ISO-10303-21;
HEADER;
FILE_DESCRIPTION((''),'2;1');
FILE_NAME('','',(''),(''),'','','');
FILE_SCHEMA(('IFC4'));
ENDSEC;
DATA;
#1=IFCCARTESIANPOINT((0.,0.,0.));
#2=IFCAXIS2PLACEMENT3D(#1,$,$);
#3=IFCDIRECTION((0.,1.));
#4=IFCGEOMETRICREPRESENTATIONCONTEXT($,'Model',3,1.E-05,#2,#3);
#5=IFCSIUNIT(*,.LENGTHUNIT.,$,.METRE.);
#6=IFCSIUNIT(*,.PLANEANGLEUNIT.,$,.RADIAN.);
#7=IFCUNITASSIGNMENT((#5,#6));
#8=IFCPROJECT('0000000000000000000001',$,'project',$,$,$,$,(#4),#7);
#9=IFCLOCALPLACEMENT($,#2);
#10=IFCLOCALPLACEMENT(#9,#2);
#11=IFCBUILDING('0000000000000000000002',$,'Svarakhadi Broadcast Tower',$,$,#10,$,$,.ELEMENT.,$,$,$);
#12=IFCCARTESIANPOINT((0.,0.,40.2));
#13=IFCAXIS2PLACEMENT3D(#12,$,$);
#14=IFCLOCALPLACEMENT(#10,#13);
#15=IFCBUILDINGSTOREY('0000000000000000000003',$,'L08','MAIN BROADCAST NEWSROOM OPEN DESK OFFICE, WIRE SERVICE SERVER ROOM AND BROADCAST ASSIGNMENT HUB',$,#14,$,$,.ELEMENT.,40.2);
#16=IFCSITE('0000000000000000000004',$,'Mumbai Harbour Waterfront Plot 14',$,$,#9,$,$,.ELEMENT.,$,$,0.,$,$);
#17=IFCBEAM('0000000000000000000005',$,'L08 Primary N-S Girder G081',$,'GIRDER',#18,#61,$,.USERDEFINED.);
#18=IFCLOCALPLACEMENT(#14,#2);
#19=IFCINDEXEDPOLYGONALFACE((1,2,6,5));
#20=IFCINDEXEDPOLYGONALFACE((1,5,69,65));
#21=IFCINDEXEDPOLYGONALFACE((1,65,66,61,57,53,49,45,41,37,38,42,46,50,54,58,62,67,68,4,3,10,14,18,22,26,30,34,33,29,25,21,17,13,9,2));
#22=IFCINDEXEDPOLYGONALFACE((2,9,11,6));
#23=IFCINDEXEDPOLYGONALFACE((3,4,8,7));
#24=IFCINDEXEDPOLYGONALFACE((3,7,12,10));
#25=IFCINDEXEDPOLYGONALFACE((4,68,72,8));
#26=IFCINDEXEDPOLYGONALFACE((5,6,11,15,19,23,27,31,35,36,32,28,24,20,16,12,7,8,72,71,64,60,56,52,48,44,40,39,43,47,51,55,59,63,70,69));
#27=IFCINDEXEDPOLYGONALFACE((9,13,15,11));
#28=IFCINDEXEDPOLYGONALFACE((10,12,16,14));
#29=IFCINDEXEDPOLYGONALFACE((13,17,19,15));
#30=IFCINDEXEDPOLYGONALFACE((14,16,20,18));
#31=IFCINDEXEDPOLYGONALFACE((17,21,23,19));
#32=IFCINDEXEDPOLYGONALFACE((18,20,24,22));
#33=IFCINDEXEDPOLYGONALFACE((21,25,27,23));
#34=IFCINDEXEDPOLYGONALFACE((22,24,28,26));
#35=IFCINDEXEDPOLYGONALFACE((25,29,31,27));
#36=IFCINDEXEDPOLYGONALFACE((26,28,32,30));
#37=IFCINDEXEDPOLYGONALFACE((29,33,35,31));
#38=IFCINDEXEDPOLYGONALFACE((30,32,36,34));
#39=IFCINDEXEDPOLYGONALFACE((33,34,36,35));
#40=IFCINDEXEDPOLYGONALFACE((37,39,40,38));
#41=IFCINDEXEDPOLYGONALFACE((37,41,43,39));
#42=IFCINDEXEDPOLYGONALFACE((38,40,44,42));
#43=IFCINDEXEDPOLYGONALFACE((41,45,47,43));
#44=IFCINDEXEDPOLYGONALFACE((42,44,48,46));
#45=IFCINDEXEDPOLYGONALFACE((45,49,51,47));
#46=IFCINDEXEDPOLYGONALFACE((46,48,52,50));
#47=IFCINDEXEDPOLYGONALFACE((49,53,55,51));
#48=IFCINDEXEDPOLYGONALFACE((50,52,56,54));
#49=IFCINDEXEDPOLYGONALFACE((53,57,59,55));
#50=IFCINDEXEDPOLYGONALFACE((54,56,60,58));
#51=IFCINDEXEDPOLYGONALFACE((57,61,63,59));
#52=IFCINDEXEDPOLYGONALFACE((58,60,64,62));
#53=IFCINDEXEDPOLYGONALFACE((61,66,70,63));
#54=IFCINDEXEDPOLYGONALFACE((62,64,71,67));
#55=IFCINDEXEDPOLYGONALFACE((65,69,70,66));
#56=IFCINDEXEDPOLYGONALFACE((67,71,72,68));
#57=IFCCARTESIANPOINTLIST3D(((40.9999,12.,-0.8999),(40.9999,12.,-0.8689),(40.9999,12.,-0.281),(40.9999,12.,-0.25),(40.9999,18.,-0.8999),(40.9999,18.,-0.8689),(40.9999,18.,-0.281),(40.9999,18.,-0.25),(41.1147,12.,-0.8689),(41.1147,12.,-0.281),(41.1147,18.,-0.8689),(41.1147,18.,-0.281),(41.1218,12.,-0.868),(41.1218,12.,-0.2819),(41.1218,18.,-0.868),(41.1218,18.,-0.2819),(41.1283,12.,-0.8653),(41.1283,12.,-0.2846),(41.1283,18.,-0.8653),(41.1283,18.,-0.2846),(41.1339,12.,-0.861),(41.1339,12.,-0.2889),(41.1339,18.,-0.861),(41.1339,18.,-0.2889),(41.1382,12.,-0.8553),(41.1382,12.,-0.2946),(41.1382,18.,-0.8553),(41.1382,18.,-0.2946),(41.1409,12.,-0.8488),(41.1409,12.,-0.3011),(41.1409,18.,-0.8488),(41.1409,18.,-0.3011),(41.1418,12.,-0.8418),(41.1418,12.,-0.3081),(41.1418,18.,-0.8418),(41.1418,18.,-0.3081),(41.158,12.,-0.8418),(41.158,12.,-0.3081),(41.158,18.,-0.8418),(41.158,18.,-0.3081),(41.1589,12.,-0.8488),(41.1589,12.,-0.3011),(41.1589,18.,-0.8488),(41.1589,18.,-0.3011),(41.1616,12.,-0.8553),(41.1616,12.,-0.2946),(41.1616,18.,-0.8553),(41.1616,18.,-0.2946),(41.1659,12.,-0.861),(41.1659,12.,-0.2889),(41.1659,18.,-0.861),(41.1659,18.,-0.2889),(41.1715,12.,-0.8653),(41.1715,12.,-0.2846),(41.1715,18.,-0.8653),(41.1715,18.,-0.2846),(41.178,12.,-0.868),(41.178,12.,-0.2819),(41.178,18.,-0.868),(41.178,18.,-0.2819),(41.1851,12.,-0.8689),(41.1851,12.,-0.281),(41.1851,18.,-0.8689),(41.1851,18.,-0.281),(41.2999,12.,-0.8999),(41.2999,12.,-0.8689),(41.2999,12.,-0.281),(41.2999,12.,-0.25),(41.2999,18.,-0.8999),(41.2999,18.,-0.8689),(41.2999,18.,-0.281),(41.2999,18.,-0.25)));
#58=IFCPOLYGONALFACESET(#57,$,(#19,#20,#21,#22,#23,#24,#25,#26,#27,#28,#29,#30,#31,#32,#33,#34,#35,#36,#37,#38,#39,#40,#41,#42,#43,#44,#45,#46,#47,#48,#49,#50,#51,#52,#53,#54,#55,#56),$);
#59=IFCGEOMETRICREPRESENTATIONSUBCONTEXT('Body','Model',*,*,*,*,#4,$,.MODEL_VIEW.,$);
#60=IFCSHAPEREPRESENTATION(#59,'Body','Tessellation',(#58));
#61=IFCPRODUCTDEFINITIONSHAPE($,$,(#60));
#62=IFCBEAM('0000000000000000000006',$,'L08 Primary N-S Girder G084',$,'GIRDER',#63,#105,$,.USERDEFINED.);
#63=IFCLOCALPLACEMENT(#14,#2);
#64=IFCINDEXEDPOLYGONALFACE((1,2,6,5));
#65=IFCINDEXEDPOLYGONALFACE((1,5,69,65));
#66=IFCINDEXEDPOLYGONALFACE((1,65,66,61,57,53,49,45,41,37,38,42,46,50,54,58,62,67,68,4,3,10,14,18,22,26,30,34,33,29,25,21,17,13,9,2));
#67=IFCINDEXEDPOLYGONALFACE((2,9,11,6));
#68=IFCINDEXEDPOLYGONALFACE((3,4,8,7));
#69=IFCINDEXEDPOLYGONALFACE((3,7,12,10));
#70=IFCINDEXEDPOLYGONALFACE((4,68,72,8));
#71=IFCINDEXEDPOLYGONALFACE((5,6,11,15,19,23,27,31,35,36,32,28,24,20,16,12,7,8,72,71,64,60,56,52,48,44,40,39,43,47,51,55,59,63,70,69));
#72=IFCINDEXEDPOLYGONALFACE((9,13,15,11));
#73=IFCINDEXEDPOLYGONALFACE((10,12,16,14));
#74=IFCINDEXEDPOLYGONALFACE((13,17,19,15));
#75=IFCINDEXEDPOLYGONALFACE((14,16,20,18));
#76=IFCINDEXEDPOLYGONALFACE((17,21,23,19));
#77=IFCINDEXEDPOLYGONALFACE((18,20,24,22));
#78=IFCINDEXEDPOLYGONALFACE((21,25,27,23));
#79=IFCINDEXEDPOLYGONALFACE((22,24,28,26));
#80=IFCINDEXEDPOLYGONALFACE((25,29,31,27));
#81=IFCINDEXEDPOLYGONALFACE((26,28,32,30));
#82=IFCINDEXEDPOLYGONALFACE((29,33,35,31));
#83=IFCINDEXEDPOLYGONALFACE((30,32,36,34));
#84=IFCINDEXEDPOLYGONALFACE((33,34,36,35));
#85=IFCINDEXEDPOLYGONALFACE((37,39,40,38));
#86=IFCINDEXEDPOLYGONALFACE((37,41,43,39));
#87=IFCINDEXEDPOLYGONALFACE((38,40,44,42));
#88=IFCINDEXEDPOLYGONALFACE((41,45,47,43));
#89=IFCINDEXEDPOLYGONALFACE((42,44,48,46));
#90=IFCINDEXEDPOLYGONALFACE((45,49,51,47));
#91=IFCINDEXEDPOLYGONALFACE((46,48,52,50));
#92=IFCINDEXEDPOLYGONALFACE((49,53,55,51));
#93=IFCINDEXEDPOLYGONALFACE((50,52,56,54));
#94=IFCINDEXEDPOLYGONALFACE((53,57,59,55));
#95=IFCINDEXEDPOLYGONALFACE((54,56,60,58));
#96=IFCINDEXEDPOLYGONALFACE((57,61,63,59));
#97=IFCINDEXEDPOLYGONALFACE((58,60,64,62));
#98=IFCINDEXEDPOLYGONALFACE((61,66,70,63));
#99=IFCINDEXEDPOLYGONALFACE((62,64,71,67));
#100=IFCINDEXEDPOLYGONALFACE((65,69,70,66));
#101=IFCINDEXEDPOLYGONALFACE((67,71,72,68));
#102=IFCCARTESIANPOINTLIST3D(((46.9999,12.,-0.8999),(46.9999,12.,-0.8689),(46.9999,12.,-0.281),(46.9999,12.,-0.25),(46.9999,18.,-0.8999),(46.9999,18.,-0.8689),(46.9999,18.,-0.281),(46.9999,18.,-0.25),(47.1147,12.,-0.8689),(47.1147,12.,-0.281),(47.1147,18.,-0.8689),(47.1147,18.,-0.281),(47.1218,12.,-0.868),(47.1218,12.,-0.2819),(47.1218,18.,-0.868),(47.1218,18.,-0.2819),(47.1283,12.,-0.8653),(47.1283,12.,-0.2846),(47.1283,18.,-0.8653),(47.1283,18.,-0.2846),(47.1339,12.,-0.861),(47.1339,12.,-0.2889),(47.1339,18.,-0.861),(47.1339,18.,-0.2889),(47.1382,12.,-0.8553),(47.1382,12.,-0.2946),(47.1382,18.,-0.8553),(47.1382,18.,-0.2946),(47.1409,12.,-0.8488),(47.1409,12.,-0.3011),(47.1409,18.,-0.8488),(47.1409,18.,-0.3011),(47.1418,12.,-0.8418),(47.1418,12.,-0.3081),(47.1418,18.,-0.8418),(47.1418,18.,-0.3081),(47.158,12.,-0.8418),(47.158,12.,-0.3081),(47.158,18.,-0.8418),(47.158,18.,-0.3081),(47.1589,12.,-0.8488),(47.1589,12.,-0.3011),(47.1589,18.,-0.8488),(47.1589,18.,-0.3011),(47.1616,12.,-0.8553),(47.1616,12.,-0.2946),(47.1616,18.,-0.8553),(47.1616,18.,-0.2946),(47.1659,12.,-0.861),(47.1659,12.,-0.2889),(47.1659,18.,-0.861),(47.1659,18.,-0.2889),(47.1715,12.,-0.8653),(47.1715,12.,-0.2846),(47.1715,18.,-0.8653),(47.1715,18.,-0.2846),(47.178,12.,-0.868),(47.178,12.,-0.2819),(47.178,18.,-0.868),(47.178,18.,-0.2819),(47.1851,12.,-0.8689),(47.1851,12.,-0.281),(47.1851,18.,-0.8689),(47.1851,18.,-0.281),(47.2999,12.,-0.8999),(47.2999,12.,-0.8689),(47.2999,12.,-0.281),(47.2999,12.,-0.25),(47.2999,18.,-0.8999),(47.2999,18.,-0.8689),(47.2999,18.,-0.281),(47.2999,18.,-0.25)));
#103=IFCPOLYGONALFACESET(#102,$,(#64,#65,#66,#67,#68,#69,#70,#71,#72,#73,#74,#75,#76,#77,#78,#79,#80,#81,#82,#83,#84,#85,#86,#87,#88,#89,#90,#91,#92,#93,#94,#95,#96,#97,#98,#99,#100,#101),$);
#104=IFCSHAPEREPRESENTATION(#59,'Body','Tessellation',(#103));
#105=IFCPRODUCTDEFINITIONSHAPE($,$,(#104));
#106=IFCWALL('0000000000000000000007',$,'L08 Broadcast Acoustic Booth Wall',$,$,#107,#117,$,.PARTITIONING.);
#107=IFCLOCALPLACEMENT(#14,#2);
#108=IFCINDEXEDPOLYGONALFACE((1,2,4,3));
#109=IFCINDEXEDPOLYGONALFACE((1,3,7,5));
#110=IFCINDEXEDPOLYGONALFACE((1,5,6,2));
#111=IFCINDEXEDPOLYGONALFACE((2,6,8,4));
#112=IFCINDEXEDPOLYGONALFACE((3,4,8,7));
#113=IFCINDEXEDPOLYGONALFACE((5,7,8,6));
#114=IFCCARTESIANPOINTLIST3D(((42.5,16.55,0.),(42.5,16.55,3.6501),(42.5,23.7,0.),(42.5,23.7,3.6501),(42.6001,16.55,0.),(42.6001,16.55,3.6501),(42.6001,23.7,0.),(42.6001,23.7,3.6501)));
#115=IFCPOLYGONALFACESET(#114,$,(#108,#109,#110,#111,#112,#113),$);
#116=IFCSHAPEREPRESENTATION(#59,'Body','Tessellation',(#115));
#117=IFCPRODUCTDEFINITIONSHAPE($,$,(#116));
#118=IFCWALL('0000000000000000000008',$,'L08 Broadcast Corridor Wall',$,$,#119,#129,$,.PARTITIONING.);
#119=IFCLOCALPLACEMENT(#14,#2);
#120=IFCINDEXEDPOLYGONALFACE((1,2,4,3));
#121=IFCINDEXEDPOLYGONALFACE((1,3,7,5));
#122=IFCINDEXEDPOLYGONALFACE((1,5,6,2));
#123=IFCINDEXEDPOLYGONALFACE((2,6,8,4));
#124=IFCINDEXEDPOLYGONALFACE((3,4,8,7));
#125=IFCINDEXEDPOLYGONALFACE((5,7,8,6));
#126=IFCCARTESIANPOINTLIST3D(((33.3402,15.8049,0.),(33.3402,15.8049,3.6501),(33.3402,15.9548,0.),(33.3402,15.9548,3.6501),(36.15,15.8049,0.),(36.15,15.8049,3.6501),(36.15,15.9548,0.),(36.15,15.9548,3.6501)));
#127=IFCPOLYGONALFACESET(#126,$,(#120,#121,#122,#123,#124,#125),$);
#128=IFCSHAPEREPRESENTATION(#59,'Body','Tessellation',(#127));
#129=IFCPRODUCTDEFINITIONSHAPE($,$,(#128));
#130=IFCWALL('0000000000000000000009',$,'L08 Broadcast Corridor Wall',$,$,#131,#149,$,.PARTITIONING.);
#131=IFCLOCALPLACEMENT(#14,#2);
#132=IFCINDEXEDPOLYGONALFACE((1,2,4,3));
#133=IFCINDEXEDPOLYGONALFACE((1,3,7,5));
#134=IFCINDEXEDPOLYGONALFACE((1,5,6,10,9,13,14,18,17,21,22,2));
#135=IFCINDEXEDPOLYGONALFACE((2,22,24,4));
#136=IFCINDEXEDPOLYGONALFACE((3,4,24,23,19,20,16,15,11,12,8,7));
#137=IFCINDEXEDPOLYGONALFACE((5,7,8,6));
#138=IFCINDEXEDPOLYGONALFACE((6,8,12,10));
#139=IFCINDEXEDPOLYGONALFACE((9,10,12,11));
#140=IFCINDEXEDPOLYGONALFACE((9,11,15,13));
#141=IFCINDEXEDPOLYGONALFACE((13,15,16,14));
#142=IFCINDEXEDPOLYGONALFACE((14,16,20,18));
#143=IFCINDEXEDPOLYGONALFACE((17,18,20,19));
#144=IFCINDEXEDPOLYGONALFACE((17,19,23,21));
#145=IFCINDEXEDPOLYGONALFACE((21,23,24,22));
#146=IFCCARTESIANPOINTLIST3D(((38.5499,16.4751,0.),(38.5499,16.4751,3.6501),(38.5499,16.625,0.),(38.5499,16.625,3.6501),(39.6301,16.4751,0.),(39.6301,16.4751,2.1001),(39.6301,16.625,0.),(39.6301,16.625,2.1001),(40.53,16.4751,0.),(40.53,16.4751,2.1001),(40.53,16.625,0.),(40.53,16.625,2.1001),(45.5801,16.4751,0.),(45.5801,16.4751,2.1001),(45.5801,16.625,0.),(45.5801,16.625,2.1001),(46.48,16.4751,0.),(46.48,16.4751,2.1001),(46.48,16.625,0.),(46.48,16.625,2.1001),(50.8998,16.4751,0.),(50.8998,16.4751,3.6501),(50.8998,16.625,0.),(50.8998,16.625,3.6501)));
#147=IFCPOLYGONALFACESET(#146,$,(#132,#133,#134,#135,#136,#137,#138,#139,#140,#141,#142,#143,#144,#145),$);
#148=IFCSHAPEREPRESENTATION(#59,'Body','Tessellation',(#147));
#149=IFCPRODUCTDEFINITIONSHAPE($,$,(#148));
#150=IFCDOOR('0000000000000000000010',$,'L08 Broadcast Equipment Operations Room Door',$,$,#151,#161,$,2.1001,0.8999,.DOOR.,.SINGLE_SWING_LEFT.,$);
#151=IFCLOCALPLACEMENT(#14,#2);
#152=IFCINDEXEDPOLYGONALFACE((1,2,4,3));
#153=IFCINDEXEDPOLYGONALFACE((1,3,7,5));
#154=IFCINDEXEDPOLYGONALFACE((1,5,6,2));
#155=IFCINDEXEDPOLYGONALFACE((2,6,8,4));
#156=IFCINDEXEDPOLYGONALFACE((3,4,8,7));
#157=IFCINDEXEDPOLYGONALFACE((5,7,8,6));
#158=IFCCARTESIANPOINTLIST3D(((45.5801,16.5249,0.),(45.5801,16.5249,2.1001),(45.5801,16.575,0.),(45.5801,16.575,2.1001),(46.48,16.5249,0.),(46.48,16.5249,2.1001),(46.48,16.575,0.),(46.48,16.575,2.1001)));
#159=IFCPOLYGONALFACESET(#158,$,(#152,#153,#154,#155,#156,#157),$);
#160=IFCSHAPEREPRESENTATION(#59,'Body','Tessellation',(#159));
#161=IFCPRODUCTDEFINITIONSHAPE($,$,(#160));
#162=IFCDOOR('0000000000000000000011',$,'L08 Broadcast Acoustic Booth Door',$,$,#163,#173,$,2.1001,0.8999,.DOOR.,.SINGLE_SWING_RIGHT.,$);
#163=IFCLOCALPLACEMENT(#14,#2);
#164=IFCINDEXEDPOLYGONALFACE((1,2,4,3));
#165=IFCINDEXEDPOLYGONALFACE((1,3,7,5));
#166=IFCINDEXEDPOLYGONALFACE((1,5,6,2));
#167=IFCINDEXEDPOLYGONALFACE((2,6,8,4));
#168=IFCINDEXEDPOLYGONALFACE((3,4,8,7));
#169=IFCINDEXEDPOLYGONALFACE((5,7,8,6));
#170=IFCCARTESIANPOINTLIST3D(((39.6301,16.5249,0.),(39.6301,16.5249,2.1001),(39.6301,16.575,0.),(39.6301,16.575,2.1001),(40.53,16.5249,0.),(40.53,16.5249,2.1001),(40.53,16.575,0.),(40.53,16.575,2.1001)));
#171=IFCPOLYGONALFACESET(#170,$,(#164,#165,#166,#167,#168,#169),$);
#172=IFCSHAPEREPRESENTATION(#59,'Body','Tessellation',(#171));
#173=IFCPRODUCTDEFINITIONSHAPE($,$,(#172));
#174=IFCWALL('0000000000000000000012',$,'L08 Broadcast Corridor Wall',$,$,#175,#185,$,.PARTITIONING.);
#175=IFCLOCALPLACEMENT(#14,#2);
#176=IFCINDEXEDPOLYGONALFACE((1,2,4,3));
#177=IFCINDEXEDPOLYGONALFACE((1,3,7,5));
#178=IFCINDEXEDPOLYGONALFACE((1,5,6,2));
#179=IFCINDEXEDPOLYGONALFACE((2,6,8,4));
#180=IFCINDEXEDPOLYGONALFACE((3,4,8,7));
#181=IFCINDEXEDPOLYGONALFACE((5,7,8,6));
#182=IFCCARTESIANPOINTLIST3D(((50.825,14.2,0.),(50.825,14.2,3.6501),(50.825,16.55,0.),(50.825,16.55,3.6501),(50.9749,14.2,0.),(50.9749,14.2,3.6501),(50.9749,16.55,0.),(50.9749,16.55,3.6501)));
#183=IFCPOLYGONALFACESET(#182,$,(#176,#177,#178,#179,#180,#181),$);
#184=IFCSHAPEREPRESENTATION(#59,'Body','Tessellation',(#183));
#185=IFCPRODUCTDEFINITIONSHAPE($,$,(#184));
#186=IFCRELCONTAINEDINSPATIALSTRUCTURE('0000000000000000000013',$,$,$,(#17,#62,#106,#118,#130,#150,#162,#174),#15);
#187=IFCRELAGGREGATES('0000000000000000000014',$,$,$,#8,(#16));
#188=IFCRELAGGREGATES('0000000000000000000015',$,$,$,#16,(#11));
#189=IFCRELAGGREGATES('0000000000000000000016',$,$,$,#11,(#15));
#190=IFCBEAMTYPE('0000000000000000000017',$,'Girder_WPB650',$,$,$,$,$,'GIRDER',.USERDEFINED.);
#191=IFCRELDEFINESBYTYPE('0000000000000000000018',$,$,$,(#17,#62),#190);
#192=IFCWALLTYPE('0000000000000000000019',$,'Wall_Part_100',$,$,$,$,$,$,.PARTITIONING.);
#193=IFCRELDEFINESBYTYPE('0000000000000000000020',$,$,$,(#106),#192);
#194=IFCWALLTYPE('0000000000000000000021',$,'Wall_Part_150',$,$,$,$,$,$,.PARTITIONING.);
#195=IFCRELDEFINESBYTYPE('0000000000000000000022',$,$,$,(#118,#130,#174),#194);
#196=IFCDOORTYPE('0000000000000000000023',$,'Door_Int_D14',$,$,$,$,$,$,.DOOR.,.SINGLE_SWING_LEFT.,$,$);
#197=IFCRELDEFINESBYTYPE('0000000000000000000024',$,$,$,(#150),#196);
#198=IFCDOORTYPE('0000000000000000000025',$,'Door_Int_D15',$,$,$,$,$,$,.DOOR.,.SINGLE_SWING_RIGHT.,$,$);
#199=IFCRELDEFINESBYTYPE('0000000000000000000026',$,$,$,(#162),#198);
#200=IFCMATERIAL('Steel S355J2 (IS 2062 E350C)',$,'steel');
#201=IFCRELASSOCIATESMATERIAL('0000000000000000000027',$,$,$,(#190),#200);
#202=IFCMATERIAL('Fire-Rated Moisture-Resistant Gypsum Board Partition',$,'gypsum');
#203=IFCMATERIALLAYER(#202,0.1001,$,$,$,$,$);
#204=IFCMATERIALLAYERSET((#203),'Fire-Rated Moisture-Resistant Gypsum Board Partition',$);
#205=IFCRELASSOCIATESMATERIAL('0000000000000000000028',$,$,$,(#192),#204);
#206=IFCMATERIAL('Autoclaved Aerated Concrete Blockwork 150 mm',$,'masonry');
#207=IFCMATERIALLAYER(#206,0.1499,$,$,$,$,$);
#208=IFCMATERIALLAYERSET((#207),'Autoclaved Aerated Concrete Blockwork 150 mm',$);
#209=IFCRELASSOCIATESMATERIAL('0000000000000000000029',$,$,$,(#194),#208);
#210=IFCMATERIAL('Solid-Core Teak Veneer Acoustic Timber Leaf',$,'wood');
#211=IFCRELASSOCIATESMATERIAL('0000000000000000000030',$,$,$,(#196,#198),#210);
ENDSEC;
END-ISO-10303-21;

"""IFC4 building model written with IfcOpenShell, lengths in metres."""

from ifc_helpers import new_model, si_unit, direction, frame, frame_2d, origin, origin_2d, place, context, subcontext, project, spatial, rectangle, i_section, extrude, material, layer, layer_set, material_profile, profile_set, type_object, element, fill, save


model = new_model("IFC4")

# Units and contexts
model_context = context("Model", 3, precision=1e-05, world=origin(), true_north=direction((0.0, 1.0)))
body_context = subcontext(model_context, "Body", "Model", "MODEL_VIEW")
ifc_project = project(units=[si_unit("LENGTHUNIT", "METRE"), si_unit("PLANEANGLEUNIT", "RADIAN")], contexts=[model_context])

# Site, building, storey
site_placement = place(None, origin())
site = spatial("IfcSite", under=ifc_project, at=site_placement, Name="Mumbai Harbour Waterfront Plot 14", CompositionType="ELEMENT", RefElevation=0.0)
building_placement = place(site_placement, origin())
building = spatial("IfcBuilding", under=site, at=building_placement, Name="Svarakhadi Broadcast Tower", CompositionType="ELEMENT")
storey_placement = place(building_placement, frame((0.0, 0.0, 40.2)))
storey = spatial("IfcBuildingStorey", under=building, at=storey_placement, Name="L08", Description="MAIN BROADCAST NEWSROOM OPEN DESK OFFICE, WIRE SERVICE SERVER ROOM AND BROADCAST ASSIGNMENT HUB", CompositionType="ELEMENT", Elevation=40.2)

# Beams
ifc_material_1 = material(Name="Steel S355J2 (IS 2062 E350C)", Category="steel")
ifc_material_profile_1 = material_profile(ifc_material_1, i_section(OverallWidth=0.3, OverallDepth=0.6499, WebThickness=0.0161, FlangeThickness=0.031, FilletRadius=0.0271, at=origin_2d()), Name="WPB 650x300x225")
ifc_profile_set_1 = profile_set([ifc_material_profile_1], Name="Steel S355J2 (IS 2062 E350C)")
beam_type_1 = type_object("IfcBeamType", Name="Girder_WPB650", ElementType="GIRDER", PredefinedType="USERDEFINED", material=ifc_profile_set_1)
for number, where, z_axis, x_axis, name in (
    (1, (41.1499, 12.0, -0.575), (0.0, 1.0, 0.0), (-1.0, 0.0, 0.0), "L08 Primary N-S Girder G081"),
    (2, (47.1499, 12.0, -0.575), (0.0, 1.0, 0.0), (-1.0, 0.0, 0.0), "L08 Primary N-S Girder G084"),
):
    element("IfcBeam", number, at=place(storey_placement, frame(where, z_axis=z_axis, x_axis=x_axis)), inside=storey, type_object=beam_type_1, Name=name, ObjectType="GIRDER", PredefinedType="USERDEFINED", context=body_context, shape_type="SweptSolid", body=[
        extrude(i_section(OverallWidth=0.3, OverallDepth=0.6499, WebThickness=0.0161, FlangeThickness=0.031, FilletRadius=0.0271, at=origin_2d()), origin(), (0.0, 0.0, 1.0), 6.0),
    ])

# Walls
ifc_material_2 = material(Name="Fire-Rated Moisture-Resistant Gypsum Board Partition", Category="gypsum")
ifc_layer_1 = layer(ifc_material_2, 0.1001)
ifc_layer_set_1 = layer_set([ifc_layer_1], Name="Fire-Rated Moisture-Resistant Gypsum Board Partition")
wall_type_1 = type_object("IfcWallType", Name="Wall_Part_100", PredefinedType="PARTITIONING", material=ifc_layer_set_1)
wall_1_placement = place(storey_placement, frame((42.55, 16.55, 0.0), z_axis=(0.0, 0.0, 1.0), x_axis=(0.0, 1.0, 0.0)))
element("IfcWall", 3, at=wall_1_placement, inside=storey, type_object=wall_type_1, Name="L08 Broadcast Acoustic Booth Wall", PredefinedType="PARTITIONING", context=body_context, shape_type="SweptSolid", body=[
    extrude(rectangle(XDim=7.1499, YDim=0.1001, at=frame_2d((3.575, 0.0))), origin(), (0.0, 0.0, 1.0), 3.6501),
])
ifc_material_3 = material(Name="Autoclaved Aerated Concrete Blockwork 150 mm", Category="masonry")
ifc_layer_2 = layer(ifc_material_3, 0.1499)
ifc_layer_set_2 = layer_set([ifc_layer_2], Name="Autoclaved Aerated Concrete Blockwork 150 mm")
wall_type_2 = type_object("IfcWallType", Name="Wall_Part_150", PredefinedType="PARTITIONING", material=ifc_layer_set_2)
wall_2_placement = place(storey_placement, frame((36.1499, 15.8799, 0.0), z_axis=(0.0, 0.0, 1.0), x_axis=(-1.0, 0.0, 0.0)))
element("IfcWall", 4, at=wall_2_placement, inside=storey, type_object=wall_type_2, Name="L08 Broadcast Corridor Wall", PredefinedType="PARTITIONING", context=body_context, shape_type="SweptSolid", body=[
    extrude(rectangle(XDim=2.8098, YDim=0.1499, at=frame_2d((1.4048, 0.0))), origin(), (0.0, 0.0, 1.0), 3.6501),
])

# Wall, openings, doors
wall_3_placement = place(storey_placement, frame((38.55, 16.55, 0.0), z_axis=(0.0, 0.0, 1.0), x_axis=(1.0, 0.0, 0.0)))
wall_3 = element("IfcWall", 5, at=wall_3_placement, inside=storey, type_object=wall_type_2, Name="L08 Broadcast Corridor Wall", PredefinedType="PARTITIONING", context=body_context, shape_type="SweptSolid", body=[
    extrude(rectangle(XDim=12.3499, YDim=0.1499, at=frame_2d((6.1748, 0.0))), origin(), (0.0, 0.0, 1.0), 3.6501),
])
opening_1_placement = place(wall_3_placement, frame((1.0801, 0.0, 0.0)))
opening_1 = element("IfcOpeningElement", 6, at=opening_1_placement, cuts=wall_3, PredefinedType="OPENING", context=body_context, shape_type="SweptSolid", body=[
    extrude(rectangle(XDim=0.8999, YDim=2.1001, at=frame_2d((0.45, 1.05))), frame((0.0, 0.085, 0.0), z_axis=(0.0, -1.0, 0.0), x_axis=(1.0, 0.0, 0.0)), (0.0, 0.0, 1.0), 0.1699),
])
opening_2_placement = place(wall_3_placement, frame((7.03, 0.0, 0.0)))
opening_2 = element("IfcOpeningElement", 7, at=opening_2_placement, cuts=wall_3, PredefinedType="OPENING", context=body_context, shape_type="SweptSolid", body=[
    extrude(rectangle(XDim=0.8999, YDim=2.1001, at=frame_2d((0.45, 1.05))), frame((0.0, 0.085, 0.0), z_axis=(0.0, -1.0, 0.0), x_axis=(1.0, 0.0, 0.0)), (0.0, 0.0, 1.0), 0.1699),
])
ifc_material_4 = material(Name="Solid-Core Teak Veneer Acoustic Timber Leaf", Category="wood")
door_type_1 = type_object("IfcDoorType", Name="Door_Int_D14", OperationType="SINGLE_SWING_LEFT", PredefinedType="DOOR", material=ifc_material_4)
door_1_placement = place(opening_2_placement, origin())
door_1 = element("IfcDoor", 8, at=door_1_placement, inside=storey, type_object=door_type_1, Name="L08 Broadcast Equipment Operations Room Door", OperationType="SINGLE_SWING_LEFT", OverallHeight=2.1001, OverallWidth=0.8999, PredefinedType="DOOR", context=body_context, shape_type="SweptSolid", body=[
    extrude(rectangle(XDim=0.8999, YDim=2.1001, at=frame_2d((0.45, 1.05))), frame((0.0, 0.0249, 0.0), z_axis=(0.0, -1.0, 0.0), x_axis=(1.0, 0.0, 0.0)), (0.0, 0.0, 1.0), 0.05),
])
fill(opening_2, door_1)
door_type_2 = type_object("IfcDoorType", Name="Door_Int_D15", OperationType="SINGLE_SWING_RIGHT", PredefinedType="DOOR", material=ifc_material_4)
door_2_placement = place(opening_1_placement, origin())
door_2 = element("IfcDoor", 9, at=door_2_placement, inside=storey, type_object=door_type_2, Name="L08 Broadcast Acoustic Booth Door", OperationType="SINGLE_SWING_RIGHT", OverallHeight=2.1001, OverallWidth=0.8999, PredefinedType="DOOR", context=body_context, shape_type="SweptSolid", body=[
    extrude(rectangle(XDim=0.8999, YDim=2.1001, at=frame_2d((0.45, 1.05))), frame((0.0, 0.0249, 0.0), z_axis=(0.0, -1.0, 0.0), x_axis=(1.0, 0.0, 0.0)), (0.0, 0.0, 1.0), 0.05),
])
fill(opening_1, door_2)

# Wall
wall_4_placement = place(storey_placement, frame((50.8999, 16.55, 0.0), z_axis=(0.0, 0.0, 1.0), x_axis=(0.0, -1.0, 0.0)))
element("IfcWall", 10, at=wall_4_placement, inside=storey, type_object=wall_type_2, Name="L08 Broadcast Corridor Wall", PredefinedType="PARTITIONING", context=body_context, shape_type="SweptSolid", body=[
    extrude(rectangle(XDim=2.3501, YDim=0.1499, at=frame_2d((1.175, 0.0))), origin(), (0.0, 0.0, 1.0), 3.6501),
])

save(model, "model.ifc")
